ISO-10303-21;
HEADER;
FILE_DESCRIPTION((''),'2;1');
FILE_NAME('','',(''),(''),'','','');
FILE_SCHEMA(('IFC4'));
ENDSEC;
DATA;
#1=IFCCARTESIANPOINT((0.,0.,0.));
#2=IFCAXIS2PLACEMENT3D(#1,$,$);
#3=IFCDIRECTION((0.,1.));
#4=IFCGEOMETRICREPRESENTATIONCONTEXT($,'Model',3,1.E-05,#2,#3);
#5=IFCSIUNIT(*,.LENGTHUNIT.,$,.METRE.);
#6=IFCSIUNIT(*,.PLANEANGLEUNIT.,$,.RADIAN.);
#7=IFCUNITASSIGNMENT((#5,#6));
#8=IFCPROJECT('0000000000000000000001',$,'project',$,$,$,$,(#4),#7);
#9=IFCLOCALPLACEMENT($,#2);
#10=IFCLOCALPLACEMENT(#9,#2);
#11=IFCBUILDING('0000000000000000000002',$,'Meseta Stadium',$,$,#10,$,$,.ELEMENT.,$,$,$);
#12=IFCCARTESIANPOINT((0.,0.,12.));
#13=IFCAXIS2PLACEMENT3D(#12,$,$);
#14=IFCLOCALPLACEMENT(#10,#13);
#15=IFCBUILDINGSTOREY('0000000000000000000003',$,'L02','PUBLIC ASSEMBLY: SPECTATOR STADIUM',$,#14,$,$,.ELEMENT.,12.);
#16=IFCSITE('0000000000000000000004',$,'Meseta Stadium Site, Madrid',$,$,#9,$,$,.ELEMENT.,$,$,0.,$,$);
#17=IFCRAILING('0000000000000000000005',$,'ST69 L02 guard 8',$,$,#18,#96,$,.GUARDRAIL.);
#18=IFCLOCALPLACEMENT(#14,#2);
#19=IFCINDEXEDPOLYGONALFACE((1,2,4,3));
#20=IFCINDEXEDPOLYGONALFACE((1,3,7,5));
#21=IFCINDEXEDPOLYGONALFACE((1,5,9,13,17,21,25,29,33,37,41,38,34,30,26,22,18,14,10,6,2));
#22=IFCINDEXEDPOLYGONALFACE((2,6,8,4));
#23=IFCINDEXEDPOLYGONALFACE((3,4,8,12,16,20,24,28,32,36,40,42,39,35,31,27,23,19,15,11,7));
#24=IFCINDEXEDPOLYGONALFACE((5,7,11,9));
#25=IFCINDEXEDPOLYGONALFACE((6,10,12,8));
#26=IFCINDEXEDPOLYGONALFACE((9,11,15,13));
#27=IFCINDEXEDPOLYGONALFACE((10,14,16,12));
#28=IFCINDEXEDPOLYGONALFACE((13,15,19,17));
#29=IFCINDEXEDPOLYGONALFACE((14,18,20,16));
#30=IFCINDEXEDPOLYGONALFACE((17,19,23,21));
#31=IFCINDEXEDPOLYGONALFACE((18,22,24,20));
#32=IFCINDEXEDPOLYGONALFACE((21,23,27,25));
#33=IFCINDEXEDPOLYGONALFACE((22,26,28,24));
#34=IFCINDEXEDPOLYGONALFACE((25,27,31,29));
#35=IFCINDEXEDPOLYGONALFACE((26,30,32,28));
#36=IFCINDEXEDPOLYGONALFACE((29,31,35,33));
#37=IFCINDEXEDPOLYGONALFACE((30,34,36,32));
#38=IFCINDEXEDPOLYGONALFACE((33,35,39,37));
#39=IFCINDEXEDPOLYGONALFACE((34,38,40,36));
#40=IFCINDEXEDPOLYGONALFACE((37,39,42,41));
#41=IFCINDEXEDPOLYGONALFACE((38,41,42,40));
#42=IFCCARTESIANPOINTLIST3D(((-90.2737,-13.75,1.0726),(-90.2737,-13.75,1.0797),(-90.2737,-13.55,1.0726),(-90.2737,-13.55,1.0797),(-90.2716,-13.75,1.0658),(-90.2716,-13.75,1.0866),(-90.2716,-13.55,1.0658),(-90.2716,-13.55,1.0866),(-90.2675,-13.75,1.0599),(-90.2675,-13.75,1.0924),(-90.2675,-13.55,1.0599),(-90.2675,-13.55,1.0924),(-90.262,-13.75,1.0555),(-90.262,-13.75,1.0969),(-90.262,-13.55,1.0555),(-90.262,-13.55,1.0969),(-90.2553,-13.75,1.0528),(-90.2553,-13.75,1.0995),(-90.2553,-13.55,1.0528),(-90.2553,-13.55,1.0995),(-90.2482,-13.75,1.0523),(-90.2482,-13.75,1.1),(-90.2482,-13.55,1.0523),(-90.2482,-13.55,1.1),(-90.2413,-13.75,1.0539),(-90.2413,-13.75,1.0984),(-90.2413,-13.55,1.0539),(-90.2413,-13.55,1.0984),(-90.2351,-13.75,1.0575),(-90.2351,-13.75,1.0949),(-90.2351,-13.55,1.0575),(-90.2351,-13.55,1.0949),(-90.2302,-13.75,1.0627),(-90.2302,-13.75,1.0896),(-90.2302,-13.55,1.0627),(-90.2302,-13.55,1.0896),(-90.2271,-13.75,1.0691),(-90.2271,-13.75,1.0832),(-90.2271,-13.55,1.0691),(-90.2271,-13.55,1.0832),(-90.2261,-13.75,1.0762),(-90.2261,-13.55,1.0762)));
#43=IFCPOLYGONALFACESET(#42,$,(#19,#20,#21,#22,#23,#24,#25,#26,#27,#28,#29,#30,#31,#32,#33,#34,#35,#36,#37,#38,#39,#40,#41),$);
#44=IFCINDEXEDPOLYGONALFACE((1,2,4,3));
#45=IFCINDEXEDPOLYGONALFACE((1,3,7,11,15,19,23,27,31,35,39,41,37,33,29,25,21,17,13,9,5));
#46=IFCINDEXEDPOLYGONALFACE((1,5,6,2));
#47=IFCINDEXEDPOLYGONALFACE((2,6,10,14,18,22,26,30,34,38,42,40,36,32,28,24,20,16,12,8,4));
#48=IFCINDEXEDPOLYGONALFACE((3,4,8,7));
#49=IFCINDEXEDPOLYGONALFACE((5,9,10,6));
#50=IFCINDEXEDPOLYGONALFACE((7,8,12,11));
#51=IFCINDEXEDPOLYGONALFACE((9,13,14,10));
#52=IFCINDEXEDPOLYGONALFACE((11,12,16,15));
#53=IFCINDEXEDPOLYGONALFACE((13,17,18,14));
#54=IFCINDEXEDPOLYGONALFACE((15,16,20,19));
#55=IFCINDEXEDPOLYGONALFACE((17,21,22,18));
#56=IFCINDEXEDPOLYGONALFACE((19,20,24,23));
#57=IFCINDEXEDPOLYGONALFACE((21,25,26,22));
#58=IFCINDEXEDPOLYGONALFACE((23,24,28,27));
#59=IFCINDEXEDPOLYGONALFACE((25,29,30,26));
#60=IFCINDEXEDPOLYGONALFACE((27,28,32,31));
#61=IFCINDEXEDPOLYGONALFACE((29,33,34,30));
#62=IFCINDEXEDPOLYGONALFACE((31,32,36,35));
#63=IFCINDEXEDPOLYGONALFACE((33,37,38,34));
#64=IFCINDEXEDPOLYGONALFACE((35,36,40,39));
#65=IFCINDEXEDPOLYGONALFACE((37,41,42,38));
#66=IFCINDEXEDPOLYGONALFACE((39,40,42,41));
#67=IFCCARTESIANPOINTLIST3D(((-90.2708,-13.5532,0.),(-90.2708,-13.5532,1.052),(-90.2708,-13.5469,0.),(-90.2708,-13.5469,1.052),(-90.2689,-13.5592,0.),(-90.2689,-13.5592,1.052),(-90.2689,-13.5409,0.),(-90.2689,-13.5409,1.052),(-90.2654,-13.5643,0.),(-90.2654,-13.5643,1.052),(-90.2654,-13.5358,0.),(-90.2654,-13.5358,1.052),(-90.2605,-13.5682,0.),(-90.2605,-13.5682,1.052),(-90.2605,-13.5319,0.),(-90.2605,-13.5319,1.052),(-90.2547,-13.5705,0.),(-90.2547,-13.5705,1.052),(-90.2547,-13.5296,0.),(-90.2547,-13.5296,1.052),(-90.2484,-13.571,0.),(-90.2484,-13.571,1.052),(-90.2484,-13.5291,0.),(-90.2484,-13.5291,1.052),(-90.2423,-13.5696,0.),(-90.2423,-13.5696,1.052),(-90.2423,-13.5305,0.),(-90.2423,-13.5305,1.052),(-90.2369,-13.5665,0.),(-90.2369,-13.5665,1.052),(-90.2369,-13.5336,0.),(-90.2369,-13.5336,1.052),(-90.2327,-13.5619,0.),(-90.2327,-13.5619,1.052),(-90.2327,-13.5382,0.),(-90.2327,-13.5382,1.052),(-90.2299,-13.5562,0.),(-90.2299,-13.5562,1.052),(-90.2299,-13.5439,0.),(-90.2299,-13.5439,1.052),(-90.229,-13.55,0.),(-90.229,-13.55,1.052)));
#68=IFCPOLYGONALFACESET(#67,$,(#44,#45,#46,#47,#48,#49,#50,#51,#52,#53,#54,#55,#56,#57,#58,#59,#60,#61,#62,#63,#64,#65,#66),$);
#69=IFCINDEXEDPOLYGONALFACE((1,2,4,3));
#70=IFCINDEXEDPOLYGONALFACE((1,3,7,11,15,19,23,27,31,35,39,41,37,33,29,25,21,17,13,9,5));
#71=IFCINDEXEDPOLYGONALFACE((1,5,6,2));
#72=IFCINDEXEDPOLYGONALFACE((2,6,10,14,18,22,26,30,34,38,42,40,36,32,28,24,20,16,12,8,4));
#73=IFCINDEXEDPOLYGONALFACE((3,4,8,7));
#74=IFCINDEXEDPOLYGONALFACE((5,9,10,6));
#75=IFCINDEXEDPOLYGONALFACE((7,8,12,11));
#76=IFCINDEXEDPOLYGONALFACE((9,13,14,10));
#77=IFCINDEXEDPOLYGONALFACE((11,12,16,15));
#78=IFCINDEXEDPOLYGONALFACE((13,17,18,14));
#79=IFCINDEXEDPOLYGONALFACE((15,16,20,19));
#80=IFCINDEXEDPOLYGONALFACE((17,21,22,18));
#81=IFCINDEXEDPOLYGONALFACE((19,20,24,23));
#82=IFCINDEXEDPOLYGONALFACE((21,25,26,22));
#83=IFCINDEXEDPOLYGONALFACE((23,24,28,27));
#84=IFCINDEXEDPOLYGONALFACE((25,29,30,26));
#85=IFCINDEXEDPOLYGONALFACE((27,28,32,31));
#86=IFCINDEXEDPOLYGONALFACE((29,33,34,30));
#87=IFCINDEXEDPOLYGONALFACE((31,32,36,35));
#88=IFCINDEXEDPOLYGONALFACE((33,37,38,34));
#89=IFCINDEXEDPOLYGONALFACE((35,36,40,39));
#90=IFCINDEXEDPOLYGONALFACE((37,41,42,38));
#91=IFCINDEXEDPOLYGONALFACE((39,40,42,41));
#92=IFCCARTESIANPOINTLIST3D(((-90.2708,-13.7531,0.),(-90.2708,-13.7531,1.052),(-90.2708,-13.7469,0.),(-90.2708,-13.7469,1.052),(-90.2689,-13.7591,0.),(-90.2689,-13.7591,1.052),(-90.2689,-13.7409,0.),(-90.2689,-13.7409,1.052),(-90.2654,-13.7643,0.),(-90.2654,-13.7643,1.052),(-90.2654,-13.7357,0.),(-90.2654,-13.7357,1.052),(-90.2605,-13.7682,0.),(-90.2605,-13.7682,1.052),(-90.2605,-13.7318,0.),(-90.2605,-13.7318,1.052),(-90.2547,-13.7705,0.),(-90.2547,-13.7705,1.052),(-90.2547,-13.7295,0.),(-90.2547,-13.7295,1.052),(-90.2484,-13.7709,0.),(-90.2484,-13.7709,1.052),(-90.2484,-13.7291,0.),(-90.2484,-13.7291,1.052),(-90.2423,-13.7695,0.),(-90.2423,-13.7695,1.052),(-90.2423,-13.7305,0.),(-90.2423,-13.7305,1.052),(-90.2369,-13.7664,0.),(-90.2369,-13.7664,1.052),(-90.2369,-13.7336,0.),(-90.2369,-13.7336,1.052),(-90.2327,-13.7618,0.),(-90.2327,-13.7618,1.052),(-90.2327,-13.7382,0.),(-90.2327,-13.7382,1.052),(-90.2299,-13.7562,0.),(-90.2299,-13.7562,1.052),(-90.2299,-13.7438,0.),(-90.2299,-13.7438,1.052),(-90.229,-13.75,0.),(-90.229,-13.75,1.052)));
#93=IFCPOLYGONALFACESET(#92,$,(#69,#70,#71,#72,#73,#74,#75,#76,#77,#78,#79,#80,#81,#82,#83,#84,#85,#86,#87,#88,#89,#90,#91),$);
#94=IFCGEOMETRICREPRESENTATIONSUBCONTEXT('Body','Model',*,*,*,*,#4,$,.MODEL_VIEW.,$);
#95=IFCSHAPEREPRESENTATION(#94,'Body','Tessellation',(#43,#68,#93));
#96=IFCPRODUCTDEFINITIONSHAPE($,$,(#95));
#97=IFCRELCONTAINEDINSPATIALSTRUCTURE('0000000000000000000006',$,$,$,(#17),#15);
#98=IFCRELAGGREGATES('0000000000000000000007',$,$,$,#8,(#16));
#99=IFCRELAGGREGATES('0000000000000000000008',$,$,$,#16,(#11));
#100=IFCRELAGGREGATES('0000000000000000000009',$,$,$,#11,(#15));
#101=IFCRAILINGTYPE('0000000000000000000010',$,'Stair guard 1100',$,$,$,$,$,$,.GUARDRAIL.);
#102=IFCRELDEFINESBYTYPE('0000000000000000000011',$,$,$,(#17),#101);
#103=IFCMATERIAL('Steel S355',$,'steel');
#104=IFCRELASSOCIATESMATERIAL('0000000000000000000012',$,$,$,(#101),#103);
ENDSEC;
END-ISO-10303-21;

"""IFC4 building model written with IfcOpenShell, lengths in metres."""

from ifc_helpers import new_model, si_unit, direction, frame, origin, origin_2d, place, context, subcontext, project, spatial, circle, extrude, material, type_object, element, save


model = new_model("IFC4")

# Units and contexts
model_context = context("Model", 3, precision=1e-05, world=origin(), true_north=direction((0.0, 1.0)))
body_context = subcontext(model_context, "Body", "Model", "MODEL_VIEW")
ifc_project = project(units=[si_unit("LENGTHUNIT", "METRE"), si_unit("PLANEANGLEUNIT", "RADIAN")], contexts=[model_context])

# Site, building, storey
site_placement = place(None, origin())
site = spatial("IfcSite", under=ifc_project, at=site_placement, Name="Meseta Stadium Site, Madrid", CompositionType="ELEMENT", RefElevation=0.0)
building_placement = place(site_placement, origin())
building = spatial("IfcBuilding", under=site, at=building_placement, Name="Meseta Stadium", CompositionType="ELEMENT")
storey_placement = place(building_placement, frame((0.0, 0.0, 12.0)))
storey = spatial("IfcBuildingStorey", under=building, at=storey_placement, Name="L02", Description="PUBLIC ASSEMBLY: SPECTATOR STADIUM", CompositionType="ELEMENT", Elevation=12.0)

# Railing
ifc_material_1 = material(Name="Steel S355", Category="steel")
railing_type_1 = type_object("IfcRailingType", Name="Stair guard 1100", PredefinedType="GUARDRAIL", material=ifc_material_1)
railing_1_placement = place(storey_placement, frame((-90.25, -13.55, 0.0)))
element("IfcRailing", 1, at=railing_1_placement, inside=storey, type_object=railing_type_1, Name="ST69 L02 guard 8", PredefinedType="GUARDRAIL", context=body_context, shape_type="SweptSolid", body=[
    extrude(circle(Radius=0.0239, at=origin_2d()), frame((0.0, 0.0, 1.0762), z_axis=(0.0, -1.0, 0.0), x_axis=(1.0, 0.0, 0.0)), (0.0, 0.0, 1.0), 0.2),
    extrude(circle(Radius=0.021, at=origin_2d()), origin(), (0.0, 0.0, 1.0), 1.052),
    extrude(circle(Radius=0.021, at=origin_2d()), frame((0.0, -0.2, 0.0)), (0.0, 0.0, 1.0), 1.052),
])

save(model, "model.ifc")
